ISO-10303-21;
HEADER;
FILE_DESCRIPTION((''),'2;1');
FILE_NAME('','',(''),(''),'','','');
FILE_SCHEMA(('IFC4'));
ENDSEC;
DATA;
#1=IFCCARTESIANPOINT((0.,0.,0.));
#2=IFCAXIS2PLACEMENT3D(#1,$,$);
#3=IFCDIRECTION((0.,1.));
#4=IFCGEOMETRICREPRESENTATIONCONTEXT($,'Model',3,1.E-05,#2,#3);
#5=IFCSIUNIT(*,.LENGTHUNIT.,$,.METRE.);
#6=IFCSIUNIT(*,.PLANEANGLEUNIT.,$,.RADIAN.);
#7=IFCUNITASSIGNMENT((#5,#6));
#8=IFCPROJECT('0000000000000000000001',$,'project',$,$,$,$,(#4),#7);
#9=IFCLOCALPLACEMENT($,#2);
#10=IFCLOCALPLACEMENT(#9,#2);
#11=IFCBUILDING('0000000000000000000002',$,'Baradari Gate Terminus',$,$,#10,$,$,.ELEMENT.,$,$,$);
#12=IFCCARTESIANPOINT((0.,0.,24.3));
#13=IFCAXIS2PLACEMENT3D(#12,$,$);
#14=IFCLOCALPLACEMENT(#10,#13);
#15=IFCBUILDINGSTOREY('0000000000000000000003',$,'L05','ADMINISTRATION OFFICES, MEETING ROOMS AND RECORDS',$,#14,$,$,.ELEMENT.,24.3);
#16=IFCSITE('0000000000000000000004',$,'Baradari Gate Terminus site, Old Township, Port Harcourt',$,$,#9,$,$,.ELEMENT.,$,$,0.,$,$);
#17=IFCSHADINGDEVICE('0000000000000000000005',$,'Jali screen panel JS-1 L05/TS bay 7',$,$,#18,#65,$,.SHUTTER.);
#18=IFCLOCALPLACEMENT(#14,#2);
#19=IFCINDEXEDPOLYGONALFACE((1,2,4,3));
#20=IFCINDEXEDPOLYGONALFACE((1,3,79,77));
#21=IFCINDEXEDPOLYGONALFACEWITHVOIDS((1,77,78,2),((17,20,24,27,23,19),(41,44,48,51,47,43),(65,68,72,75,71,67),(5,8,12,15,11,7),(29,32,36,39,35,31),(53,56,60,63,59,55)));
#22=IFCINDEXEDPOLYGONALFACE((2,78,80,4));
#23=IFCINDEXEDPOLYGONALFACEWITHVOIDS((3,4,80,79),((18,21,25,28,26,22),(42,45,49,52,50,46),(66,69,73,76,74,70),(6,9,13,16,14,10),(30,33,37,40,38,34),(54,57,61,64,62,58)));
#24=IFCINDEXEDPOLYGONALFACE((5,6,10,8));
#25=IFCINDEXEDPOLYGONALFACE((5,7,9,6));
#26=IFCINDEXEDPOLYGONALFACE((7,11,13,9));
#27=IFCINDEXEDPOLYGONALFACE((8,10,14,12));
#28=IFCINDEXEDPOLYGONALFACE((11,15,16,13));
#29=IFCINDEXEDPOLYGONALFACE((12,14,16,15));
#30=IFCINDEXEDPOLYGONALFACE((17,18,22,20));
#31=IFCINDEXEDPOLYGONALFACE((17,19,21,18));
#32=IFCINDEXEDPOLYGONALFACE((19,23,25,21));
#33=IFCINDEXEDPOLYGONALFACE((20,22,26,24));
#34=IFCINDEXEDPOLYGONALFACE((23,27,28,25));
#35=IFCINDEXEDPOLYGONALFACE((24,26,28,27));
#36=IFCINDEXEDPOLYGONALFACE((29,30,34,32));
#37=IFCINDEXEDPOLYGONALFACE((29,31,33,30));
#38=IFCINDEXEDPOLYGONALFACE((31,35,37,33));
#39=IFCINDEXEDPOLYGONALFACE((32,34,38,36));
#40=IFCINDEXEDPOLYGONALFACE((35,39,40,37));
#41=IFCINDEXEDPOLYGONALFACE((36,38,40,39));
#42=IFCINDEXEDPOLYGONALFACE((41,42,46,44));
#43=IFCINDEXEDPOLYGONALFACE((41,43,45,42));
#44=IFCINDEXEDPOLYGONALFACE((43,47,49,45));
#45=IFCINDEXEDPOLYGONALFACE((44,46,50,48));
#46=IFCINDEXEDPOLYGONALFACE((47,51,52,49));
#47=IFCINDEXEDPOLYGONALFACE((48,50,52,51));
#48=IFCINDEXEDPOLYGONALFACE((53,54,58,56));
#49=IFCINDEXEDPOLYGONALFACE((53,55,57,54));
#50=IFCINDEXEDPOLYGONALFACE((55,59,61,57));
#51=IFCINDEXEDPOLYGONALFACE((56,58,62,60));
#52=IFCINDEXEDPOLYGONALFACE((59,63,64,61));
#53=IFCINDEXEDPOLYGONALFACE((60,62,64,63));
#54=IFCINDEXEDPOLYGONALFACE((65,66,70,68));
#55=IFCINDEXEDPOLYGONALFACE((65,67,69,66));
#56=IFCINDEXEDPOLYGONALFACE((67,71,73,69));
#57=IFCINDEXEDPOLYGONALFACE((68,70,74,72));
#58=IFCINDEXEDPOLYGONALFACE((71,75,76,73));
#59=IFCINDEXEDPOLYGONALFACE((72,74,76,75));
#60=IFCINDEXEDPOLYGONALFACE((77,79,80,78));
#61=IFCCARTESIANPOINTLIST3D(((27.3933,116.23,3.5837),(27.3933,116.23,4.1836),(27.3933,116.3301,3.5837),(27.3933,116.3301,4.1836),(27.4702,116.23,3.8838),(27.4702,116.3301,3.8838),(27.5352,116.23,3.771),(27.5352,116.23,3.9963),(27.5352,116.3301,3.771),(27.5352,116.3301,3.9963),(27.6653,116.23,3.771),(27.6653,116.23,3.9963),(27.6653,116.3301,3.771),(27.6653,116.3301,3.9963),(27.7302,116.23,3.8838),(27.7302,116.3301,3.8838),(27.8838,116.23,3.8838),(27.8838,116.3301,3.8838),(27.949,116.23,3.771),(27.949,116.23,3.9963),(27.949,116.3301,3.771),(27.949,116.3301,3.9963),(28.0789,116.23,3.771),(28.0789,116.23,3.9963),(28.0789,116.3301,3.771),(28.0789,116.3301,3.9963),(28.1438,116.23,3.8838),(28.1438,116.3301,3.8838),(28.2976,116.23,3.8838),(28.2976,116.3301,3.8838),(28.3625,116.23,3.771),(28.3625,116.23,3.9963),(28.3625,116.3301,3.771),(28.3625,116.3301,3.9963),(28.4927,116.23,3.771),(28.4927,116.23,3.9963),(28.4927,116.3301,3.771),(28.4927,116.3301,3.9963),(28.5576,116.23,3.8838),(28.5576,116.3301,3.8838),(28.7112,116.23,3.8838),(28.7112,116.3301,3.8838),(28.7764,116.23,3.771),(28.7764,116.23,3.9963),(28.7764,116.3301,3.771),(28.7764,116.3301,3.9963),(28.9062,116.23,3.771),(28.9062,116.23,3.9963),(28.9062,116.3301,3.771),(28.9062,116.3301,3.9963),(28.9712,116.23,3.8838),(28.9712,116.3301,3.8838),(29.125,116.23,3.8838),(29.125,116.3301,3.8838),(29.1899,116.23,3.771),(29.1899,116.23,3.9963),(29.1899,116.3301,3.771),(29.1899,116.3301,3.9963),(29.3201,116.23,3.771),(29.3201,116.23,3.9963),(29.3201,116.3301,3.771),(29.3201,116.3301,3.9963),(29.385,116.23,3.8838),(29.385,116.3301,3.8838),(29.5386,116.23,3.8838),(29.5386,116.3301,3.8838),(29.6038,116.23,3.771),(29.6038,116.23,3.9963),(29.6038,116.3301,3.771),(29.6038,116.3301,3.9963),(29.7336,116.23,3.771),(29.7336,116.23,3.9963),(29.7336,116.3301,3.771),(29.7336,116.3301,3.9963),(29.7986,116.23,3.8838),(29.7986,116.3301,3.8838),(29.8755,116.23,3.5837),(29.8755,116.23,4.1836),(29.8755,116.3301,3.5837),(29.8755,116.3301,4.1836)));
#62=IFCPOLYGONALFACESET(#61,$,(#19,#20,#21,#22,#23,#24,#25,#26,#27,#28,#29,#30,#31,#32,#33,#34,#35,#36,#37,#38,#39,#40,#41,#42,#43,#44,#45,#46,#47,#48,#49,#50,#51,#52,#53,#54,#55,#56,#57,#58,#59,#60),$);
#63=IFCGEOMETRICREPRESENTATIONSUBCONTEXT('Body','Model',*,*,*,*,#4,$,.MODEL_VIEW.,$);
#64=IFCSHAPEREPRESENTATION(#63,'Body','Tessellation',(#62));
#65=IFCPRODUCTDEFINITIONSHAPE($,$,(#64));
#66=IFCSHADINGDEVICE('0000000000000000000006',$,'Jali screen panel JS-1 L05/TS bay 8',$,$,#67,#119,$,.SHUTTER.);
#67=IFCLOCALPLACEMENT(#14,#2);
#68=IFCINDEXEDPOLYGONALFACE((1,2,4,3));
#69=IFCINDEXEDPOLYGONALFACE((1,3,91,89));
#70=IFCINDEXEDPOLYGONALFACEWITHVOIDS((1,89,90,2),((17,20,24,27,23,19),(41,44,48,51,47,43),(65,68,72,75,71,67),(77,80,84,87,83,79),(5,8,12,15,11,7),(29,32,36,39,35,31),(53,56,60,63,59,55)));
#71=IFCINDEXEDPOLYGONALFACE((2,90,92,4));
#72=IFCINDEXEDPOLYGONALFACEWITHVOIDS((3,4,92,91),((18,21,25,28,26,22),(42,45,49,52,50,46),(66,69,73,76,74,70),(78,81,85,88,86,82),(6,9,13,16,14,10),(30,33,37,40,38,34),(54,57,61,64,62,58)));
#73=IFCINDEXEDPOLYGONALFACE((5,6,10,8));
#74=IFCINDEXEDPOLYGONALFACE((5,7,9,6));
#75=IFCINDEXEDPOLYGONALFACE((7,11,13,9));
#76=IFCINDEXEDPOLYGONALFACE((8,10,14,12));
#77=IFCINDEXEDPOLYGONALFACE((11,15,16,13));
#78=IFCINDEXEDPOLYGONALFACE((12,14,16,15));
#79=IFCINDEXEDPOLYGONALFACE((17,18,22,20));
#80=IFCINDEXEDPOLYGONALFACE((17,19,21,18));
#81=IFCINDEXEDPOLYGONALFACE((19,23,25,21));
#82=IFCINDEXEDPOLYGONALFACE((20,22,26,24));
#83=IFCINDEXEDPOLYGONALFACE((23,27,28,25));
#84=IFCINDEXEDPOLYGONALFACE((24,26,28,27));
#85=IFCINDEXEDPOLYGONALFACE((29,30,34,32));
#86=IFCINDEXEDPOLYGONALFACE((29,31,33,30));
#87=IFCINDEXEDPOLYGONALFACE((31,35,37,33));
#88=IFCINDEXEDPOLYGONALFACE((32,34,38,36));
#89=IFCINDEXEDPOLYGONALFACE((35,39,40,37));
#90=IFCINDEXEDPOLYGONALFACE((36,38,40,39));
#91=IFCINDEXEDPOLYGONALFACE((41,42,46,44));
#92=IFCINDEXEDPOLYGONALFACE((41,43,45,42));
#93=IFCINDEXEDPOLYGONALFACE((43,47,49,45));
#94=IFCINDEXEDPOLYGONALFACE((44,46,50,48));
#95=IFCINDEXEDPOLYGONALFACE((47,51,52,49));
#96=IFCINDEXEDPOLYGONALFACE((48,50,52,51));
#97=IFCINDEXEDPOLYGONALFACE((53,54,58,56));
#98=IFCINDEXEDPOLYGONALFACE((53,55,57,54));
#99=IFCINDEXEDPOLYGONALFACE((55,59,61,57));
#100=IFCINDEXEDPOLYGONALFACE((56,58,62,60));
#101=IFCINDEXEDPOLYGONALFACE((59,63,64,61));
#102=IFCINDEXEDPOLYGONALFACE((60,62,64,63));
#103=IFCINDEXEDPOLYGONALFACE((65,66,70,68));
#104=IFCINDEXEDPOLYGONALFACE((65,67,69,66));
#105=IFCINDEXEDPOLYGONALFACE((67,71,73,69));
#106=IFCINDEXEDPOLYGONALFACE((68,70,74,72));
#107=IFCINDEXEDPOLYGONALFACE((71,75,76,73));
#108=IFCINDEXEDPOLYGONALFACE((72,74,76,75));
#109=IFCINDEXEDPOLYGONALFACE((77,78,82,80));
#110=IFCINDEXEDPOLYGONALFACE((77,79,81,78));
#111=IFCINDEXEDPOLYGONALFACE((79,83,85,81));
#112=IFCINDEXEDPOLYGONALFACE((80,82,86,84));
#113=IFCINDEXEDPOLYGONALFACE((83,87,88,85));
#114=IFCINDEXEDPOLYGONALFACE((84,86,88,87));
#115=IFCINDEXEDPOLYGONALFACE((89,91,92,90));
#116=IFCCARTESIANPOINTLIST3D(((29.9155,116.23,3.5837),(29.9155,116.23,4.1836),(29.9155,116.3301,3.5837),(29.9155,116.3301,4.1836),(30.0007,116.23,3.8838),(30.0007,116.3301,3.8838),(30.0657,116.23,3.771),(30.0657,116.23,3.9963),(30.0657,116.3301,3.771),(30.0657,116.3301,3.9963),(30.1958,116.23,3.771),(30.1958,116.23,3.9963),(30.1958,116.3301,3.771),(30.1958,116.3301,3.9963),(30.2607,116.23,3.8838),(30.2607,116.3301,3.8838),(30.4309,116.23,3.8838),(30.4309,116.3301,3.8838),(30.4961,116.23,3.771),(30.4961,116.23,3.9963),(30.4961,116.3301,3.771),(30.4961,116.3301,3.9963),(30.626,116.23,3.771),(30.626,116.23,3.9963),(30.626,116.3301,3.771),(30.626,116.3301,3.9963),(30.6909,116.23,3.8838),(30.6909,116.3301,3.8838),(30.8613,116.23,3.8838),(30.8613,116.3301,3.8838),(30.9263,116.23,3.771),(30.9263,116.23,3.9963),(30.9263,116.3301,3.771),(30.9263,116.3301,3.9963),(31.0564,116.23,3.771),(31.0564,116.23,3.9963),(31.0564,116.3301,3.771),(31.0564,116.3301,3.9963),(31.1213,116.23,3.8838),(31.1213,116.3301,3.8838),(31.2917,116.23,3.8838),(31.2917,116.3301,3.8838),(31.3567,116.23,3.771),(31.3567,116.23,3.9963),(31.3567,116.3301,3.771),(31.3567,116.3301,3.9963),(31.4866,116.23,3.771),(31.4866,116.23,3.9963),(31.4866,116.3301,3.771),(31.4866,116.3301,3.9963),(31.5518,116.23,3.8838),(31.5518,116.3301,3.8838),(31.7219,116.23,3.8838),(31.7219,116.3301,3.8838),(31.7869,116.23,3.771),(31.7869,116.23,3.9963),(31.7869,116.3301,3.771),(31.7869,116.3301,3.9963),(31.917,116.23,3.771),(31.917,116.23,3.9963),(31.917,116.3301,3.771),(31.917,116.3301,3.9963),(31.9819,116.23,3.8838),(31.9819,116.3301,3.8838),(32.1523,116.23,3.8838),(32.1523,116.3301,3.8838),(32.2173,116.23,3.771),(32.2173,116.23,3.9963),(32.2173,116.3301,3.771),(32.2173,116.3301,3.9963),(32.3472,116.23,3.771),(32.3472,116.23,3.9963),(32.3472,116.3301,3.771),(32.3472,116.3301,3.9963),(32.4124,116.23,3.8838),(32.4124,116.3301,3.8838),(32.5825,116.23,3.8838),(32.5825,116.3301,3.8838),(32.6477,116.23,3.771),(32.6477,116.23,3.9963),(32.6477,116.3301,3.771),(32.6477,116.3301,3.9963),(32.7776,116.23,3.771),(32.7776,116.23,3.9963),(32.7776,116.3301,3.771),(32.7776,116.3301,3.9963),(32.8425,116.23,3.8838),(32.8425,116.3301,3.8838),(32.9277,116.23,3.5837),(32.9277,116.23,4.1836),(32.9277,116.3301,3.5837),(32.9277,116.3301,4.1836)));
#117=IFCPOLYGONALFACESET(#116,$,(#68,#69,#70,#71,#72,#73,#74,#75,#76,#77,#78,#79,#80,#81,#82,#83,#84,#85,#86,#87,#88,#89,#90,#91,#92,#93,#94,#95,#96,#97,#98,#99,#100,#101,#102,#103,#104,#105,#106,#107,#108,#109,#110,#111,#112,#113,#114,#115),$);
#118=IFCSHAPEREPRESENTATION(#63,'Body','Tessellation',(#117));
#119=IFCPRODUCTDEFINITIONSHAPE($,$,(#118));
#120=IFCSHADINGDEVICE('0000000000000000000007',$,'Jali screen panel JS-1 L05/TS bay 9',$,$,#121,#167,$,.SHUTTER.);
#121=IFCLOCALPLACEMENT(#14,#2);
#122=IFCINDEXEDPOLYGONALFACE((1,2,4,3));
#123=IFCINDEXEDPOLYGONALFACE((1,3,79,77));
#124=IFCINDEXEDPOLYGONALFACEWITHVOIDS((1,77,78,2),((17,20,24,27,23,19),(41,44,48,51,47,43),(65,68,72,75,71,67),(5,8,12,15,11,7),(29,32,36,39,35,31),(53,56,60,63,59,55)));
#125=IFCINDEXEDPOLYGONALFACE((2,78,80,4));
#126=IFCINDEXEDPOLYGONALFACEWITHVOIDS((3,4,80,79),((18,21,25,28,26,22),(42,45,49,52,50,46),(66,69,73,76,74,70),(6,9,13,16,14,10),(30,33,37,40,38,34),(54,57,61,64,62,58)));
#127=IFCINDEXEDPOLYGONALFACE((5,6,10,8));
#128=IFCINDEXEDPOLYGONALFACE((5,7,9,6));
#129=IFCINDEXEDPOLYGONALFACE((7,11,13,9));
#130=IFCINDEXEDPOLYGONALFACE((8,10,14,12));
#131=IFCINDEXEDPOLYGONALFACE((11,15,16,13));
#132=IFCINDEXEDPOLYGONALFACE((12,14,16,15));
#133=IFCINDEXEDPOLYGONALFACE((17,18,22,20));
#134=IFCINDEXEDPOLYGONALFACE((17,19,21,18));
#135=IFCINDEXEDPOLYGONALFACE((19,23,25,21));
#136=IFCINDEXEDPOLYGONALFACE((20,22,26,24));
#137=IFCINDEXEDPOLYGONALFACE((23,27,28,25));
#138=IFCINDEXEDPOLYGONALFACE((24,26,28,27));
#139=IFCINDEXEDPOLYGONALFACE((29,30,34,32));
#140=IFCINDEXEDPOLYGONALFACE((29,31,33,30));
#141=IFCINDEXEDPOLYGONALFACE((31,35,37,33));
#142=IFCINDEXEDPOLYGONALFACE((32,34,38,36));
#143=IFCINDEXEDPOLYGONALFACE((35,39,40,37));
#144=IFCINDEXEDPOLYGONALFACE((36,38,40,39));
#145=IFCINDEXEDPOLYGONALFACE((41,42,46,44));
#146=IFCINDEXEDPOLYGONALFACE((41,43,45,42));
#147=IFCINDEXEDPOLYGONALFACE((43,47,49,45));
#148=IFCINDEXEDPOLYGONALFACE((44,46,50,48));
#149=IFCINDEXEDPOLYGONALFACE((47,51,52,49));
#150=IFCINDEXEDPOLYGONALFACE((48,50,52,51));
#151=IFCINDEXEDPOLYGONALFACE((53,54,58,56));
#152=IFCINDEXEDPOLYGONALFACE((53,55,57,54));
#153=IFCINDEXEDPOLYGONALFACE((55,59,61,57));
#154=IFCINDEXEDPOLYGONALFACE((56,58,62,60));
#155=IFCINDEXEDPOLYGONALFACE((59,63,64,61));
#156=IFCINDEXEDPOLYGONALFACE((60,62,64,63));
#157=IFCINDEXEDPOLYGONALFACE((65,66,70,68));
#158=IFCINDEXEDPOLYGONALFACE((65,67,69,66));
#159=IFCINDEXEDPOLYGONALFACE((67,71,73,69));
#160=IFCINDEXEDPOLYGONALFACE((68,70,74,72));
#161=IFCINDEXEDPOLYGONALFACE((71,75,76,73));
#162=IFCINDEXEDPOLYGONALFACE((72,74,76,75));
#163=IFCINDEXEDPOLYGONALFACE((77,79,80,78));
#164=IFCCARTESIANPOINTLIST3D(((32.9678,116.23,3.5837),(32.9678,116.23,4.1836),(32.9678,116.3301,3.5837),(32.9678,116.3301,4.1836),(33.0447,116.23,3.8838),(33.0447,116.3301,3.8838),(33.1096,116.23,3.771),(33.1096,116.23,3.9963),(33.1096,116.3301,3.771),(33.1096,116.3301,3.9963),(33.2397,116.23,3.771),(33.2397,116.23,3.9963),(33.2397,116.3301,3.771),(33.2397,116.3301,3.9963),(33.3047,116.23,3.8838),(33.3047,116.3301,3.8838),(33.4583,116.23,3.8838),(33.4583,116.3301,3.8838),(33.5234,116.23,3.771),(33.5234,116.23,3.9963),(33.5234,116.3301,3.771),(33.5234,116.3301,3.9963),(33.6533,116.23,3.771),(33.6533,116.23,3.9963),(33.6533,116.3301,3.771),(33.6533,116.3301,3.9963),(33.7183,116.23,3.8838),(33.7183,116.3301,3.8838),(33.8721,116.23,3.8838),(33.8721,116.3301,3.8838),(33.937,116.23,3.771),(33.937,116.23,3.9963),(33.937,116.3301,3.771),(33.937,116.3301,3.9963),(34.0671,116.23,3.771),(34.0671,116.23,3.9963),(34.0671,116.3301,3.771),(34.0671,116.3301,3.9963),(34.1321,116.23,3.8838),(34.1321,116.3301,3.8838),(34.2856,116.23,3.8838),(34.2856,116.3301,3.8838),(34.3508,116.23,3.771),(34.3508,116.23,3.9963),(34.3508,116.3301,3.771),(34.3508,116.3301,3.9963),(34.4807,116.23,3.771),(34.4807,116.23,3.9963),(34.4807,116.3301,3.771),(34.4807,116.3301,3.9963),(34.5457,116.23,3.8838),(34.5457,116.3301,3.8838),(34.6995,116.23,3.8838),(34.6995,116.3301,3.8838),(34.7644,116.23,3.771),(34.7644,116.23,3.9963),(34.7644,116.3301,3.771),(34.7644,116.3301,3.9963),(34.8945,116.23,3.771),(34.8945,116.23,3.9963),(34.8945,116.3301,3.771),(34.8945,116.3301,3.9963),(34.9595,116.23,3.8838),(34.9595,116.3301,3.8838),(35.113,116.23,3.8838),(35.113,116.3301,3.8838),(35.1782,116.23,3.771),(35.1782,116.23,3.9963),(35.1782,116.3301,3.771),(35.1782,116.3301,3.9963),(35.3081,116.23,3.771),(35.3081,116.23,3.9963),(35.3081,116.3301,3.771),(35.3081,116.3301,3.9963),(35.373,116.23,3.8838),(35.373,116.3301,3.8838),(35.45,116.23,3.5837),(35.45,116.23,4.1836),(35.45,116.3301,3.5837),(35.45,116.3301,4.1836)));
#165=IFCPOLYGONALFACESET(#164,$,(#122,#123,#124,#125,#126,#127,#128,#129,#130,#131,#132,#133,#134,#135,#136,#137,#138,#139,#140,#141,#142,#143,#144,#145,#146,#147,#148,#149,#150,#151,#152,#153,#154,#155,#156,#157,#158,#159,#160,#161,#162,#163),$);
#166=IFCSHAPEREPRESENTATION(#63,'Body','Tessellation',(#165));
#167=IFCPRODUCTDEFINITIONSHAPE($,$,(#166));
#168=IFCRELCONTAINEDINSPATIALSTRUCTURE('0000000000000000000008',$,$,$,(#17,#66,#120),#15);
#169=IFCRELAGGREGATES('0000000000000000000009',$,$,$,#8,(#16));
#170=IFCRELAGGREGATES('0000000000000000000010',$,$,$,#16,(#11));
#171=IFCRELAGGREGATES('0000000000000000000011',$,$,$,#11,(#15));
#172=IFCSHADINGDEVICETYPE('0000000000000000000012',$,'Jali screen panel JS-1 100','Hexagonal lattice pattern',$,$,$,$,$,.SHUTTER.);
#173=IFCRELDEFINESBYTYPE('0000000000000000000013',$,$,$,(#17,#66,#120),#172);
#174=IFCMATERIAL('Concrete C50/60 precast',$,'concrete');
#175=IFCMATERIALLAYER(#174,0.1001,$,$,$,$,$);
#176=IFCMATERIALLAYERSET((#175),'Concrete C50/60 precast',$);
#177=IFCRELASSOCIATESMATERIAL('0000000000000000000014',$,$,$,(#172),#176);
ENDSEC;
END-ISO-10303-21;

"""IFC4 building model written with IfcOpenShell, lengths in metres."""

from ifc_helpers import new_model, si_unit, direction, frame, origin, place, context, subcontext, project, spatial, polyline, outline, extrude, material, layer, layer_set, type_object, element, save


model = new_model("IFC4")

# Units and contexts
model_context = context("Model", 3, precision=1e-05, world=origin(), true_north=direction((0.0, 1.0)))
body_context = subcontext(model_context, "Body", "Model", "MODEL_VIEW")
ifc_project = project(units=[si_unit("LENGTHUNIT", "METRE"), si_unit("PLANEANGLEUNIT", "RADIAN")], contexts=[model_context])

# Site, building, storey
site_placement = place(None, origin())
site = spatial("IfcSite", under=ifc_project, at=site_placement, Name="Baradari Gate Terminus site, Old Township, Port Harcourt", CompositionType="ELEMENT", RefElevation=0.0)
building_placement = place(site_placement, origin())
building = spatial("IfcBuilding", under=site, at=building_placement, Name="Baradari Gate Terminus", CompositionType="ELEMENT")
storey_placement = place(building_placement, frame((0.0, 0.0, 24.3)))
storey = spatial("IfcBuildingStorey", under=building, at=storey_placement, Name="L05", Description="ADMINISTRATION OFFICES, MEETING ROOMS AND RECORDS", CompositionType="ELEMENT", Elevation=24.3)

# Shading devices
ifc_material_1 = material(Name="Concrete C50/60 precast", Category="concrete")
ifc_layer_1 = layer(ifc_material_1, 0.1001)
ifc_layer_set_1 = layer_set([ifc_layer_1], Name="Concrete C50/60 precast")
shading_device_type_1 = type_object("IfcShadingDeviceType", Name="Jali screen panel JS-1 100", Description="Hexagonal lattice pattern", PredefinedType="SHUTTER", material=ifc_layer_set_1)
for number, where, z_axis, x_axis, name in (
    (1, (27.3933, 116.28, 3.5837), (0.0, 0.0, 1.0), (1.0, 0.0, 0.0), "Jali screen panel JS-1 L05/TS bay 7"),
):
    element("IfcShadingDevice", number, at=place(storey_placement, frame(where, z_axis=z_axis, x_axis=x_axis)), inside=storey, type_object=shading_device_type_1, Name=name, PredefinedType="SHUTTER", context=body_context, shape_type="SweptSolid", body=[
        extrude(outline(polyline([(0.0, 0.0), (2.4822, 0.0), (2.4822, 0.5999), (0.0, 0.5999), (0.0, 0.0)]), holes=[polyline([(0.3369, 0.3), (0.272, 0.1873), (0.1418, 0.1873), (0.0769, 0.3), (0.1418, 0.4126), (0.272, 0.4126), (0.3369, 0.3)]), polyline([(0.7505, 0.3), (0.6855, 0.1873), (0.5557, 0.1873), (0.4905, 0.3), (0.5557, 0.4126), (0.6855, 0.4126), (0.7505, 0.3)]), polyline([(1.1643, 0.3), (1.0994, 0.1873), (0.9692, 0.1873), (0.9043, 0.3), (0.9692, 0.4126), (1.0994, 0.4126), (1.1643, 0.3)]), polyline([(1.5779, 0.3), (1.5129, 0.1873), (1.3831, 0.1873), (1.3179, 0.3), (1.3831, 0.4126), (1.5129, 0.4126), (1.5779, 0.3)]), polyline([(1.9917, 0.3), (1.9268, 0.1873), (1.7966, 0.1873), (1.7317, 0.3), (1.7966, 0.4126), (1.9268, 0.4126), (1.9917, 0.3)]), polyline([(2.4053, 0.3), (2.3403, 0.1873), (2.2104, 0.1873), (2.1453, 0.3), (2.2104, 0.4126), (2.3403, 0.4126), (2.4053, 0.3)])]), frame((0.0, 0.05, 0.0), z_axis=(0.0, -1.0, 0.0), x_axis=(1.0, 0.0, 0.0)), (0.0, 0.0, 1.0), 0.1001),
    ])
shading_device_1_placement = place(storey_placement, frame((29.9155, 116.28, 3.5837), z_axis=(0.0, 0.0, 1.0), x_axis=(1.0, 0.0, 0.0)))
element("IfcShadingDevice", 2, at=shading_device_1_placement, inside=storey, type_object=shading_device_type_1, Name="Jali screen panel JS-1 L05/TS bay 8", PredefinedType="SHUTTER", context=body_context, shape_type="SweptSolid", body=[
    extrude(outline(polyline([(0.0, 0.0), (3.0122, 0.0), (3.0122, 0.5999), (0.0, 0.5999), (0.0, 0.0)]), holes=[polyline([(0.3452, 0.3), (0.2803, 0.1873), (0.1501, 0.1873), (0.0852, 0.3), (0.1501, 0.4126), (0.2803, 0.4126), (0.3452, 0.3)]), polyline([(0.7754, 0.3), (0.7104, 0.1873), (0.5806, 0.1873), (0.5154, 0.3), (0.5806, 0.4126), (0.7104, 0.4126), (0.7754, 0.3)]), polyline([(1.2058, 0.3), (1.1409, 0.1873), (1.0107, 0.1873), (0.9458, 0.3), (1.0107, 0.4126), (1.1409, 0.4126), (1.2058, 0.3)]), polyline([(1.6362, 0.3), (1.571, 0.1873), (1.4412, 0.1873), (1.3762, 0.3), (1.4412, 0.4126), (1.571, 0.4126), (1.6362, 0.3)]), polyline([(2.0664, 0.3), (2.0015, 0.1873), (1.8713, 0.1873), (1.8064, 0.3), (1.8713, 0.4126), (2.0015, 0.4126), (2.0664, 0.3)]), polyline([(2.4968, 0.3), (2.4316, 0.1873), (2.3018, 0.1873), (2.2368, 0.3), (2.3018, 0.4126), (2.4316, 0.4126), (2.4968, 0.3)]), polyline([(2.927, 0.3), (2.8621, 0.1873), (2.7322, 0.1873), (2.667, 0.3), (2.7322, 0.4126), (2.8621, 0.4126), (2.927, 0.3)])]), frame((0.0, 0.05, 0.0), z_axis=(0.0, -1.0, 0.0), x_axis=(1.0, 0.0, 0.0)), (0.0, 0.0, 1.0), 0.1001),
])
for number, where, z_axis, x_axis, name in (
    (3, (32.9678, 116.28, 3.5837), (0.0, 0.0, 1.0), (1.0, 0.0, 0.0), "Jali screen panel JS-1 L05/TS bay 9"),
):
    element("IfcShadingDevice", number, at=place(storey_placement, frame(where, z_axis=z_axis, x_axis=x_axis)), inside=storey, type_object=shading_device_type_1, Name=name, PredefinedType="SHUTTER", context=body_context, shape_type="SweptSolid", body=[
        extrude(outline(polyline([(0.0, 0.0), (2.4822, 0.0), (2.4822, 0.5999), (0.0, 0.5999), (0.0, 0.0)]), holes=[polyline([(0.3369, 0.3), (0.272, 0.1873), (0.1418, 0.1873), (0.0769, 0.3), (0.1418, 0.4126), (0.272, 0.4126), (0.3369, 0.3)]), polyline([(0.7505, 0.3), (0.6855, 0.1873), (0.5557, 0.1873), (0.4905, 0.3), (0.5557, 0.4126), (0.6855, 0.4126), (0.7505, 0.3)]), polyline([(1.1643, 0.3), (1.0994, 0.1873), (0.9692, 0.1873), (0.9043, 0.3), (0.9692, 0.4126), (1.0994, 0.4126), (1.1643, 0.3)]), polyline([(1.5779, 0.3), (1.5129, 0.1873), (1.3831, 0.1873), (1.3179, 0.3), (1.3831, 0.4126), (1.5129, 0.4126), (1.5779, 0.3)]), polyline([(1.9917, 0.3), (1.9268, 0.1873), (1.7966, 0.1873), (1.7317, 0.3), (1.7966, 0.4126), (1.9268, 0.4126), (1.9917, 0.3)]), polyline([(2.4053, 0.3), (2.3403, 0.1873), (2.2104, 0.1873), (2.1453, 0.3), (2.2104, 0.4126), (2.3403, 0.4126), (2.4053, 0.3)])]), frame((0.0, 0.05, 0.0), z_axis=(0.0, -1.0, 0.0), x_axis=(1.0, 0.0, 0.0)), (0.0, 0.0, 1.0), 0.1001),
    ])

save(model, "model.ifc")
